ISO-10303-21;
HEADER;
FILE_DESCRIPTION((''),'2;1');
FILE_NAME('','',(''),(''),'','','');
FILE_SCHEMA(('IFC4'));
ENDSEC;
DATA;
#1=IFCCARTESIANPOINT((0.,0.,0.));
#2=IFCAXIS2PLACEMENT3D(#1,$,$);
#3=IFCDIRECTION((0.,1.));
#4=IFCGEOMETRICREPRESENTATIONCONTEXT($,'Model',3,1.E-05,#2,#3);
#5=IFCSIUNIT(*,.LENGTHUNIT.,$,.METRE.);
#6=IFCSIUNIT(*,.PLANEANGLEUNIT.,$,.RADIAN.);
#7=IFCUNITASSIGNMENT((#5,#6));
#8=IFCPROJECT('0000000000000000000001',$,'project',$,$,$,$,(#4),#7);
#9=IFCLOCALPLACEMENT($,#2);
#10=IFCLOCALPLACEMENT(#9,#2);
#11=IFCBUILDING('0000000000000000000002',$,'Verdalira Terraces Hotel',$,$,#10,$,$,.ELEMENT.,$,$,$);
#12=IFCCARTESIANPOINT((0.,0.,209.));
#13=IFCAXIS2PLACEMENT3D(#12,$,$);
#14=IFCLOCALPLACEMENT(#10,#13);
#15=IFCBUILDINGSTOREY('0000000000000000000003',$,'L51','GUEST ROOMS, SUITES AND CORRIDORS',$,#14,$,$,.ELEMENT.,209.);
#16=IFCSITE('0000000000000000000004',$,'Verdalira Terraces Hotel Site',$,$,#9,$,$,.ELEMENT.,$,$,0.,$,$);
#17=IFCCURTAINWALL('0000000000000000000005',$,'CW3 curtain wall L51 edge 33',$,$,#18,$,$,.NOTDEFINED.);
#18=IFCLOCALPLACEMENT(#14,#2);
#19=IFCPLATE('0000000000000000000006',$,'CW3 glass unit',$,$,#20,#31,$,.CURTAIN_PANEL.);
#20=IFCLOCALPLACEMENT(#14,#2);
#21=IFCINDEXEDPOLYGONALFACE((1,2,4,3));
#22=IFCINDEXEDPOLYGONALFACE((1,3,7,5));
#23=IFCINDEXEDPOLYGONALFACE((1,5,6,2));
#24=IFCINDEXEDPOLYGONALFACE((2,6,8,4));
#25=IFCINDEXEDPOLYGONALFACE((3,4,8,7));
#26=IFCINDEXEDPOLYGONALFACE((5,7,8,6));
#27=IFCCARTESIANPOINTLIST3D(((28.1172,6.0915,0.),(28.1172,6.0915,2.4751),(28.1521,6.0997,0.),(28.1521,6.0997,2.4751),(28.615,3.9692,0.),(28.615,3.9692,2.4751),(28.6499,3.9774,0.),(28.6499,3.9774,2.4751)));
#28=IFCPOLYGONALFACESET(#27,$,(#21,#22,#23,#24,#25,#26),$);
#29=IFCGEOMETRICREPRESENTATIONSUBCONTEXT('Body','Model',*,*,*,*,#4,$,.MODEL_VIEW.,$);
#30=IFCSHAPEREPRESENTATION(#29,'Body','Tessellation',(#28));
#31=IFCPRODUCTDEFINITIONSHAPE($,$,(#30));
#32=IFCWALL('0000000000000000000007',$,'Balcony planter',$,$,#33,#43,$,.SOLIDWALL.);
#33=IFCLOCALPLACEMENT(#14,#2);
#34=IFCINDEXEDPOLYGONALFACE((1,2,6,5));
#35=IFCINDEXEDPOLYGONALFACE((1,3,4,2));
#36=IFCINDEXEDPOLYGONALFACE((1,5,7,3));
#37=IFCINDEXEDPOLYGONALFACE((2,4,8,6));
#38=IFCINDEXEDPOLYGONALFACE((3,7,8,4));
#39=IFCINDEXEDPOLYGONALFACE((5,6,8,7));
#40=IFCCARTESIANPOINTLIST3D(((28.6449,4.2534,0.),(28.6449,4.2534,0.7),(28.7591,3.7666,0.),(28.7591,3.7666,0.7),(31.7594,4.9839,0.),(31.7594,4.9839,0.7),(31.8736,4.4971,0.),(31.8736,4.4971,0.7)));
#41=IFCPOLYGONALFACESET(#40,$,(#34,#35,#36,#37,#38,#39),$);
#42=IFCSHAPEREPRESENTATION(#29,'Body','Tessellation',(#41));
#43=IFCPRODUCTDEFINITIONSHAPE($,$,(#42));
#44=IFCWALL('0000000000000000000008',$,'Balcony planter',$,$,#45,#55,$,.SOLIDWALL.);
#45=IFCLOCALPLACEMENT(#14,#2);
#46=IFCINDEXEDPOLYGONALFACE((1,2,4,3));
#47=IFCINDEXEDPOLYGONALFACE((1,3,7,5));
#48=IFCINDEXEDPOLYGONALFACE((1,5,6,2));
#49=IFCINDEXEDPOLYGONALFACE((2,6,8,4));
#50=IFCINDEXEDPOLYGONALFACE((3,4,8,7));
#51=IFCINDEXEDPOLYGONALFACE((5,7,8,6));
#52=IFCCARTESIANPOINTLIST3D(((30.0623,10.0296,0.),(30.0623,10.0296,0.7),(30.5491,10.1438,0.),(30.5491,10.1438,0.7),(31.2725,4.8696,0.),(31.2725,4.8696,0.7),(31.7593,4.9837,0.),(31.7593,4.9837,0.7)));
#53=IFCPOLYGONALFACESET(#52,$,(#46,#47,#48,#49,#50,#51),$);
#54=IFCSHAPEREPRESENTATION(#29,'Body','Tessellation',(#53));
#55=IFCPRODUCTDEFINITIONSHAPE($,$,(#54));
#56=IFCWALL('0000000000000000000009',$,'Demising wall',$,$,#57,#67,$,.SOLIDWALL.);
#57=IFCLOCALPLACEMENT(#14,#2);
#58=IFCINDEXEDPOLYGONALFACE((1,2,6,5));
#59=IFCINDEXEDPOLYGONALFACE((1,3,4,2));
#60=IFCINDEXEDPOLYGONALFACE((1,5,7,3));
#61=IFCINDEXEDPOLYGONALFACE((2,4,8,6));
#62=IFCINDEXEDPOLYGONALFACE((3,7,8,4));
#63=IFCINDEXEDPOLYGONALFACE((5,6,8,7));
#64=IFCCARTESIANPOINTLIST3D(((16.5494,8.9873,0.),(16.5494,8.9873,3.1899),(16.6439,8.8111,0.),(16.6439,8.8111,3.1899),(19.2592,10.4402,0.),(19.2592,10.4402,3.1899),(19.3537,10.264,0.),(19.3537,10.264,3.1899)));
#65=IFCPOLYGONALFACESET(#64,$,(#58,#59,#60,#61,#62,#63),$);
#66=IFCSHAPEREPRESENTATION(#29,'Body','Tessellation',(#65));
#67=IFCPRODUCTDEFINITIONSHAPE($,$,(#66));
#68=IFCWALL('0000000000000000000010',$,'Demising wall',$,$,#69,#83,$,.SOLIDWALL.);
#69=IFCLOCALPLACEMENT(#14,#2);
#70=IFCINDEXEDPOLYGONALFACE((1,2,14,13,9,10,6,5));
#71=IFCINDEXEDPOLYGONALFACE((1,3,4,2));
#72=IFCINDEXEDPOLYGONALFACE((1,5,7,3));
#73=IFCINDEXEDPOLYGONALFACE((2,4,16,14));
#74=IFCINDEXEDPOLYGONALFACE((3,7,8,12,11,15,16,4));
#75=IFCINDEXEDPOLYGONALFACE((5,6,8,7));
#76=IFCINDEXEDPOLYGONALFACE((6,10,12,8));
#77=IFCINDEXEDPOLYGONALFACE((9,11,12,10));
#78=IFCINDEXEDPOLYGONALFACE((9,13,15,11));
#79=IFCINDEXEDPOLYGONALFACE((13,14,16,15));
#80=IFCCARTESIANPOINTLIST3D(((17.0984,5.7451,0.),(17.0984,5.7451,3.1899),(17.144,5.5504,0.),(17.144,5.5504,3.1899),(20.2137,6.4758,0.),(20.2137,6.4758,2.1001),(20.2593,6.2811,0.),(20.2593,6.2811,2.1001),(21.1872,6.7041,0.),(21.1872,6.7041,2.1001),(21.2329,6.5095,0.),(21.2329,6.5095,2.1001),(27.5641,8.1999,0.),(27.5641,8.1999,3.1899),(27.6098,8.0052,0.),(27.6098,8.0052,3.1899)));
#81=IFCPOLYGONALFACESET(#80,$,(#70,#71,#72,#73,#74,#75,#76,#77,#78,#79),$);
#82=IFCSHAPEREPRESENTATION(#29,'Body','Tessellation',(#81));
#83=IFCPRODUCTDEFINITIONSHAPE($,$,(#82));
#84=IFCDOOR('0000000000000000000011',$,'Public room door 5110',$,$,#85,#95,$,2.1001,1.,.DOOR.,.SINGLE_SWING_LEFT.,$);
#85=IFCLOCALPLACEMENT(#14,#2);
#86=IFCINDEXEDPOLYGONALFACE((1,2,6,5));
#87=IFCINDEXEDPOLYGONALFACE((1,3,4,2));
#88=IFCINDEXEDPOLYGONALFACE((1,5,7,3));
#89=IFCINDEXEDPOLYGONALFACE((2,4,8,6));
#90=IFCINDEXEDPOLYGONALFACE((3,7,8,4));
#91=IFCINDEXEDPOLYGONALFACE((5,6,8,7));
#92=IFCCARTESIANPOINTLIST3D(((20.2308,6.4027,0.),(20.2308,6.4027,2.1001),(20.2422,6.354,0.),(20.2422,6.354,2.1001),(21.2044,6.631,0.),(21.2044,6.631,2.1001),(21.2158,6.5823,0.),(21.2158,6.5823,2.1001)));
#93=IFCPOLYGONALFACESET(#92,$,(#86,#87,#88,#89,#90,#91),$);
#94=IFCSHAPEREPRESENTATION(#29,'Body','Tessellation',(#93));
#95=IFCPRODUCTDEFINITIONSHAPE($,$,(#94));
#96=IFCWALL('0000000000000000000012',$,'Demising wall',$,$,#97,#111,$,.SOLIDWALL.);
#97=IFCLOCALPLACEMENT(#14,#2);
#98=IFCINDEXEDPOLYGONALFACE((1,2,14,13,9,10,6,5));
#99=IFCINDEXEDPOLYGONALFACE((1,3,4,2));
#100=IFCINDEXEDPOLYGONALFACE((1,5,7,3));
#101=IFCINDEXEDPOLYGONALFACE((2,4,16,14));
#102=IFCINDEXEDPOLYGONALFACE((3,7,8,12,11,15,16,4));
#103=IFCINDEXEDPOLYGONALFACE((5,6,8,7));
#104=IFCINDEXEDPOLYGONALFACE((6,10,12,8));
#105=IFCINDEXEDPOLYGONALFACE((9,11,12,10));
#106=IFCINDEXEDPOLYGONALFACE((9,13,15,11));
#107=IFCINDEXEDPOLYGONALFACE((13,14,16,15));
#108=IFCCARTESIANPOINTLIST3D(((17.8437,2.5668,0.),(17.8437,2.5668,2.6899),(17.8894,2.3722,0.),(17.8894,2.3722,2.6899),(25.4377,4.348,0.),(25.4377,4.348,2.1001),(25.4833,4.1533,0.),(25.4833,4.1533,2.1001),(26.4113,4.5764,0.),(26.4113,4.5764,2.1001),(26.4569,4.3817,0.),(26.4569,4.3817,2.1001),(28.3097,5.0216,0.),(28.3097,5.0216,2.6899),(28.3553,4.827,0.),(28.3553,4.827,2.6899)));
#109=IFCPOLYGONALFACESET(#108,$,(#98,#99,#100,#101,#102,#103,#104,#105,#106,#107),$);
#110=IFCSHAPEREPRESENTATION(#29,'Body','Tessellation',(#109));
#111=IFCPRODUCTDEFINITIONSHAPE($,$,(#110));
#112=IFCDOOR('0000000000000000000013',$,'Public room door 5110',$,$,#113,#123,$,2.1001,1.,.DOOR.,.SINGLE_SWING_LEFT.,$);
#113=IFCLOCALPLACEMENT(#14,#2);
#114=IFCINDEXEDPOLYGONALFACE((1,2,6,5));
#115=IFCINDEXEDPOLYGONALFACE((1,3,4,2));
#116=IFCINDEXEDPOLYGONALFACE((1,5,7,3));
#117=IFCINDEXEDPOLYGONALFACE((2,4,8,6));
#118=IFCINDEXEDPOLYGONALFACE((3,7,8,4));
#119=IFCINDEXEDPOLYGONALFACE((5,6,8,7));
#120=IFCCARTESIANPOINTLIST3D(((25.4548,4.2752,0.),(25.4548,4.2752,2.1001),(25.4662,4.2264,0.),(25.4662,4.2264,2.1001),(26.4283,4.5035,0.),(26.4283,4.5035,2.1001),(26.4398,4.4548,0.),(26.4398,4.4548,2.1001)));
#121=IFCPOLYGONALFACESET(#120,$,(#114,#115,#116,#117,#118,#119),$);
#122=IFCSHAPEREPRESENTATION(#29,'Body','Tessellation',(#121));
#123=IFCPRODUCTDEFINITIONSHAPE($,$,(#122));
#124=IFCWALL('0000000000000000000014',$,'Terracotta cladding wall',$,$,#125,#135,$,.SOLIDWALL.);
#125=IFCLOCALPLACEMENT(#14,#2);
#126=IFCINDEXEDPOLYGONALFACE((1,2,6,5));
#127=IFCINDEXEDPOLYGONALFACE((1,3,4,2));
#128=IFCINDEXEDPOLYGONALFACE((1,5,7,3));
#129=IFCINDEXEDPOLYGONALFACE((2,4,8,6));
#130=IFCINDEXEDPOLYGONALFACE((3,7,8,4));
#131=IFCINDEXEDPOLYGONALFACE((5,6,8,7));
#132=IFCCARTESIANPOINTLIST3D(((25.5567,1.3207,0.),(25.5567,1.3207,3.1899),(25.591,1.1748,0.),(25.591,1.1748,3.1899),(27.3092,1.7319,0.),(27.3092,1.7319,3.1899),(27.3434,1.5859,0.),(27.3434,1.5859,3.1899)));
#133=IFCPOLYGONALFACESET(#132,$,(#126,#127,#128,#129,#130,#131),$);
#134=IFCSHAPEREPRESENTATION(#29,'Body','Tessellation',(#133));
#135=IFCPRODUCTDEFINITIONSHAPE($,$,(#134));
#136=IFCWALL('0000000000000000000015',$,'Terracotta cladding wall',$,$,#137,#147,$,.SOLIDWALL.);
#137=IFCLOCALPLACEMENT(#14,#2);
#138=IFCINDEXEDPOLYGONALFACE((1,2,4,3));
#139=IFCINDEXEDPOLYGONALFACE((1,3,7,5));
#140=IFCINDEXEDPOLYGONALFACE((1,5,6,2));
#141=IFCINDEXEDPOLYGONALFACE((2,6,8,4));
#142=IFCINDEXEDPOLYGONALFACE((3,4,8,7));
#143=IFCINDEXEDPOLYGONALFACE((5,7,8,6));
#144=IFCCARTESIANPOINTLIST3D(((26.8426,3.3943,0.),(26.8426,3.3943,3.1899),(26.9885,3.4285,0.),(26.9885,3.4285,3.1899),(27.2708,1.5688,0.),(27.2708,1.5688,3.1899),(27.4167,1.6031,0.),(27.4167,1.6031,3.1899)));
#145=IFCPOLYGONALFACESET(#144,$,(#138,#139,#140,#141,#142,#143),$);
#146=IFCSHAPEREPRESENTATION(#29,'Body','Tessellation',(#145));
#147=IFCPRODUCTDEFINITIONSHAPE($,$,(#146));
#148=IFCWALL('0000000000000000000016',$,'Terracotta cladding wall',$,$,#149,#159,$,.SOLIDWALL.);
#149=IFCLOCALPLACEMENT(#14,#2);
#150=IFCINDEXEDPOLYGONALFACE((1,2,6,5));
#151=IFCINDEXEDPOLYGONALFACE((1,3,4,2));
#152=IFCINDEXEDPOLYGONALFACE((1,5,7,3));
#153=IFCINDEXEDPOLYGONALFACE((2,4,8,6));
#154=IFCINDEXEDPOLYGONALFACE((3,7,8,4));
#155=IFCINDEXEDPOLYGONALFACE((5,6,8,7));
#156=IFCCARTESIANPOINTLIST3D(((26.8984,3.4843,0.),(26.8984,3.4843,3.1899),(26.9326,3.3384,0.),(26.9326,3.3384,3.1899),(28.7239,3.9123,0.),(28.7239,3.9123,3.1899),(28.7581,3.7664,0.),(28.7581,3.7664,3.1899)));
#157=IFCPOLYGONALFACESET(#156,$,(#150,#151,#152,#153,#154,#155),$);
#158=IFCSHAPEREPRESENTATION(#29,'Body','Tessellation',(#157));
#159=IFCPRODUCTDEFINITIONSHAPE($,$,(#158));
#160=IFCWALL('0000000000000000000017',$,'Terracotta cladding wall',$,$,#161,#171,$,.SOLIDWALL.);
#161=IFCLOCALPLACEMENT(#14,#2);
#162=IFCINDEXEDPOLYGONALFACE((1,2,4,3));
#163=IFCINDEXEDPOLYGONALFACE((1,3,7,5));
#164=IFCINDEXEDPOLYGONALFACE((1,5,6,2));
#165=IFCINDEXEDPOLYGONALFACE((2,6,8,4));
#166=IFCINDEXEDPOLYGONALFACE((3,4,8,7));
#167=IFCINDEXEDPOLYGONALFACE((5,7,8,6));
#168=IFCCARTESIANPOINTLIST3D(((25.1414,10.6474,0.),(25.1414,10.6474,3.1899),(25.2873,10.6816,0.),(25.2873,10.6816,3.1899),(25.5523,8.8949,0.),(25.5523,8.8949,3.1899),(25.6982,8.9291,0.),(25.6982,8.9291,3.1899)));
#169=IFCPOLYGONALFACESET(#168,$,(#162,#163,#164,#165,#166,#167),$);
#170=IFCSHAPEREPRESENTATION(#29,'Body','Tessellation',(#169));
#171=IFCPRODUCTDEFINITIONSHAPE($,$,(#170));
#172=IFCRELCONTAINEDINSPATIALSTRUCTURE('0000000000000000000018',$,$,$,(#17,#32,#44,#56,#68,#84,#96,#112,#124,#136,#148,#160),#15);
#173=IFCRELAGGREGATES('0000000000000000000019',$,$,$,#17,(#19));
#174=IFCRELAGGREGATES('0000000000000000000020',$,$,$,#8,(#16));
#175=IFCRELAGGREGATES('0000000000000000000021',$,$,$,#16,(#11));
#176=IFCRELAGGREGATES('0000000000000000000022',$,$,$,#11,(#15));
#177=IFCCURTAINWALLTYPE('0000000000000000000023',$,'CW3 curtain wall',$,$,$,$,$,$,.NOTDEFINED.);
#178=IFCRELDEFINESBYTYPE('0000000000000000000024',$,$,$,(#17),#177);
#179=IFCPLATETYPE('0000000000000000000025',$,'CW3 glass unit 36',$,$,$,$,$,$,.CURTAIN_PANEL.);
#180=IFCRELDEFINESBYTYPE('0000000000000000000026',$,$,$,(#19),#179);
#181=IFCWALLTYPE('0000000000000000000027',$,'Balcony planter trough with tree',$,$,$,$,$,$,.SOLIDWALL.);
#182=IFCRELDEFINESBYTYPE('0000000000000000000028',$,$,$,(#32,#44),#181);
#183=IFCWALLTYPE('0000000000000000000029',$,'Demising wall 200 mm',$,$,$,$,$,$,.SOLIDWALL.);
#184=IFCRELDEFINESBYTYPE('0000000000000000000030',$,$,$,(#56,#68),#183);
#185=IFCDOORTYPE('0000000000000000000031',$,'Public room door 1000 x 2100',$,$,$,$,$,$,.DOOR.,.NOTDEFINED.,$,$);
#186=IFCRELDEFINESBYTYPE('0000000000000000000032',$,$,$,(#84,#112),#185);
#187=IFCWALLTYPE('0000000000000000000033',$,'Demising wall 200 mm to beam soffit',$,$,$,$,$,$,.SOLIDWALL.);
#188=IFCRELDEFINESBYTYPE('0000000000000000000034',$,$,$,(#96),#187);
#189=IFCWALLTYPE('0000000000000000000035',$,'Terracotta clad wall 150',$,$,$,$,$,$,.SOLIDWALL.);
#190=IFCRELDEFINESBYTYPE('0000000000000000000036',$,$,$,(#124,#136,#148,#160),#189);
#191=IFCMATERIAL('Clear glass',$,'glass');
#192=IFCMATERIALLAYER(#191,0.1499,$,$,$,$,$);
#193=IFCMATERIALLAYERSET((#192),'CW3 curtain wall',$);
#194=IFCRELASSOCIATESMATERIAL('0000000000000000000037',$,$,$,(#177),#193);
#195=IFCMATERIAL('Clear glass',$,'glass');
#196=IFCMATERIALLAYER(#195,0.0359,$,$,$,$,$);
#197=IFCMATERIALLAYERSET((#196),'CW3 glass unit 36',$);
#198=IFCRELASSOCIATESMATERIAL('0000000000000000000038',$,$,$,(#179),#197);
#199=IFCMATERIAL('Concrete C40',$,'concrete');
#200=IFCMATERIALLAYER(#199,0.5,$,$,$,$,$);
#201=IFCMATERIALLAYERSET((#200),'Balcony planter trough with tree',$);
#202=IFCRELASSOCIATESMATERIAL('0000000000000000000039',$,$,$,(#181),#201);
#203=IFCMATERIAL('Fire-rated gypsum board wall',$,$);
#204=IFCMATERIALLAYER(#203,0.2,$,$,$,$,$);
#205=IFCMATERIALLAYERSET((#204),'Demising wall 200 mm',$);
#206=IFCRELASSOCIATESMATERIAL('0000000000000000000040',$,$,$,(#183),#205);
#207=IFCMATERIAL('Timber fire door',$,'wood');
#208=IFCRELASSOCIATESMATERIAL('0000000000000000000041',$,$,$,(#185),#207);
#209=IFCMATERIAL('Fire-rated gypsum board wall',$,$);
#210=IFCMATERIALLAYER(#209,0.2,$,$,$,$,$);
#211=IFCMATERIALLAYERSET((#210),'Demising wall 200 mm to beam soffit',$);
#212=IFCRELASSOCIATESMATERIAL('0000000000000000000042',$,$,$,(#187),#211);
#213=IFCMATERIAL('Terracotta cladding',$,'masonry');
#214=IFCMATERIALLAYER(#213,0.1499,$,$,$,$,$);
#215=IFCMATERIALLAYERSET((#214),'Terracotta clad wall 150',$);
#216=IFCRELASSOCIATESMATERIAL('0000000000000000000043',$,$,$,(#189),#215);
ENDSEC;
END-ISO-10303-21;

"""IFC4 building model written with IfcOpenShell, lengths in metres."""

from ifc_helpers import new_model, si_unit, direction, frame, frame_2d, origin, origin_2d, place, context, subcontext, project, spatial, rectangle, extrude, material, layer, layer_set, type_object, element, fill, aggregate, save


model = new_model("IFC4")

# Units and contexts
model_context = context("Model", 3, precision=1e-05, world=origin(), true_north=direction((0.0, 1.0)))
body_context = subcontext(model_context, "Body", "Model", "MODEL_VIEW")
ifc_project = project(units=[si_unit("LENGTHUNIT", "METRE"), si_unit("PLANEANGLEUNIT", "RADIAN")], contexts=[model_context])

# Site, building, storey
site_placement = place(None, origin())
site = spatial("IfcSite", under=ifc_project, at=site_placement, Name="Verdalira Terraces Hotel Site", CompositionType="ELEMENT", RefElevation=0.0)
building_placement = place(site_placement, origin())
building = spatial("IfcBuilding", under=site, at=building_placement, Name="Verdalira Terraces Hotel", CompositionType="ELEMENT")
storey_placement = place(building_placement, frame((0.0, 0.0, 209.0)))
storey = spatial("IfcBuildingStorey", under=building, at=storey_placement, Name="L51", Description="GUEST ROOMS, SUITES AND CORRIDORS", CompositionType="ELEMENT", Elevation=209.0)

# Curtain wall
ifc_material_1 = material(Name="Clear glass", Category="glass")
ifc_layer_1 = layer(ifc_material_1, 0.1499)
ifc_layer_set_1 = layer_set([ifc_layer_1], Name="CW3 curtain wall")
curtain_wall_type = type_object("IfcCurtainWallType", Name="CW3 curtain wall", PredefinedType="NOTDEFINED", material=ifc_layer_set_1)
curtain_wall_placement = place(storey_placement, origin())
curtain_wall = element("IfcCurtainWall", 1, at=curtain_wall_placement, inside=storey, type_object=curtain_wall_type, Name="CW3 curtain wall L51 edge 33", PredefinedType="NOTDEFINED")

# Plate
ifc_material_2 = material(Name="Clear glass", Category="glass")
ifc_layer_2 = layer(ifc_material_2, 0.0359)
ifc_layer_set_2 = layer_set([ifc_layer_2], Name="CW3 glass unit 36")
plate_type = type_object("IfcPlateType", Name="CW3 glass unit 36", PredefinedType="CURTAIN_PANEL", material=ifc_layer_set_2)
plate_placement = place(storey_placement, frame((28.3835, 5.0344, 0.0), z_axis=(0.0, 0.0, 1.0), x_axis=(-0.228351, 0.973579, 0.0)))
plate = element("IfcPlate", 2, at=plate_placement, type_object=plate_type, Name="CW3 glass unit", PredefinedType="CURTAIN_PANEL", context=body_context, shape_type="SweptSolid", body=[
    extrude(rectangle(XDim=2.1799, YDim=0.0359, at=origin_2d()), origin(), (0.0, 0.0, 1.0), 2.4751),
])
aggregate(curtain_wall, [plate])

# Walls
ifc_material_3 = material(Name="Concrete C40", Category="concrete")
ifc_layer_3 = layer(ifc_material_3, 0.5)
ifc_layer_set_3 = layer_set([ifc_layer_3], Name="Balcony planter trough with tree")
wall_type_1 = type_object("IfcWallType", Name="Balcony planter trough with tree", PredefinedType="SOLIDWALL", material=ifc_layer_set_3)
wall_1_placement = place(storey_placement, frame((28.7019, 4.01, 0.0), z_axis=(0.0, 0.0, 1.0), x_axis=(0.973581, 0.228342, 0.0)))
element("IfcWall", 3, at=wall_1_placement, inside=storey, type_object=wall_type_1, Name="Balcony planter", PredefinedType="SOLIDWALL", context=body_context, shape_type="SweptSolid", body=[
    extrude(rectangle(XDim=3.199, YDim=0.5, at=frame_2d((1.5996, 0.0))), origin(), (0.0, 0.0, 1.0), 0.7),
])
wall_2_placement = place(storey_placement, frame((31.5159, 4.9268, 0.0), z_axis=(0.0, 0.0, 1.0), x_axis=(-0.228333, 0.973583, 0.0)))
element("IfcWall", 4, at=wall_2_placement, inside=storey, type_object=wall_type_1, Name="Balcony planter", PredefinedType="SOLIDWALL", context=body_context, shape_type="SweptSolid", body=[
    extrude(rectangle(XDim=5.3, YDim=0.5, at=frame_2d((2.6499, 0.0))), origin(), (0.0, 0.0, 1.0), 0.7),
])
ifc_material_4 = material(Name="Fire-rated gypsum board wall")
ifc_layer_4 = layer(ifc_material_4, 0.2)
ifc_layer_set_4 = layer_set([ifc_layer_4], Name="Demising wall 200 mm")
wall_type_2 = type_object("IfcWallType", Name="Demising wall 200 mm", PredefinedType="SOLIDWALL", material=ifc_layer_set_4)
wall_3_placement = place(storey_placement, frame((16.5967, 8.8992, 0.0), z_axis=(0.0, 0.0, 1.0), x_axis=(0.881311, 0.472536, 0.0)))
element("IfcWall", 5, at=wall_3_placement, inside=storey, type_object=wall_type_2, Name="Demising wall", PredefinedType="SOLIDWALL", context=body_context, shape_type="SweptSolid", body=[
    extrude(rectangle(XDim=3.0747, YDim=0.2, at=frame_2d((1.5374, 0.0))), origin(), (0.0, 0.0, 1.0), 3.1899),
])

# Walls, openings, doors
wall_4_placement = place(storey_placement, frame((17.1211, 5.6477, 0.0), z_axis=(0.0, 0.0, 1.0), x_axis=(0.973577, 0.22836, 0.0)))
wall_4 = element("IfcWall", 6, at=wall_4_placement, inside=storey, type_object=wall_type_2, Name="Demising wall", PredefinedType="SOLIDWALL", context=body_context, shape_type="SweptSolid", body=[
    extrude(rectangle(XDim=10.7498, YDim=0.2, at=frame_2d((5.375, 0.0))), origin(), (0.0, 0.0, 1.0), 3.1899),
])
opening_1_placement = place(wall_4_placement, frame((3.2, 0.0, 0.0)))
opening_1 = element("IfcOpeningElement", 7, at=opening_1_placement, cuts=wall_4, PredefinedType="OPENING", context=body_context, shape_type="SweptSolid", body=[
    extrude(rectangle(XDim=1.0, YDim=2.1001, at=frame_2d((0.5, 1.05))), frame((0.0, 0.1099, 0.0), z_axis=(0.0, -1.0, 0.0), x_axis=(1.0, 0.0, 0.0)), (0.0, 0.0, 1.0), 0.22),
])
ifc_material_5 = material(Name="Timber fire door", Category="wood")
door_type_1 = type_object("IfcDoorType", Name="Public room door 1000 x 2100", OperationType="NOTDEFINED", PredefinedType="DOOR", material=ifc_material_5)
door_1_placement = place(opening_1_placement, origin())
door_1 = element("IfcDoor", 8, at=door_1_placement, inside=storey, type_object=door_type_1, Name="Public room door 5110", OperationType="SINGLE_SWING_LEFT", OverallHeight=2.1001, OverallWidth=1.0, PredefinedType="DOOR", context=body_context, shape_type="SweptSolid", body=[
    extrude(rectangle(XDim=1.0, YDim=2.1001, at=frame_2d((0.5, 1.05))), frame((0.0, 0.0249, 0.0), z_axis=(0.0, -1.0, 0.0), x_axis=(1.0, 0.0, 0.0)), (0.0, 0.0, 1.0), 0.05),
])
fill(opening_1, door_1)
ifc_material_6 = material(Name="Fire-rated gypsum board wall")
ifc_layer_5 = layer(ifc_material_6, 0.2)
ifc_layer_set_5 = layer_set([ifc_layer_5], Name="Demising wall 200 mm to beam soffit")
wall_type_3 = type_object("IfcWallType", Name="Demising wall 200 mm to beam soffit", PredefinedType="SOLIDWALL", material=ifc_layer_set_5)
wall_5_placement = place(storey_placement, frame((28.3325, 4.9243, 0.0), z_axis=(0.0, 0.0, 1.0), x_axis=(-0.973578, -0.228354, 0.0)))
wall_5 = element("IfcWall", 9, at=wall_5_placement, inside=storey, type_object=wall_type_3, Name="Demising wall", PredefinedType="SOLIDWALL", context=body_context, shape_type="SweptSolid", body=[
    extrude(rectangle(XDim=10.75, YDim=0.2, at=frame_2d((5.375, 0.0))), origin(), (0.0, 0.0, 1.0), 2.6899),
])
opening_2_placement = place(wall_5_placement, frame((1.95, 0.0, 0.0)))
opening_2 = element("IfcOpeningElement", 10, at=opening_2_placement, cuts=wall_5, PredefinedType="OPENING", context=body_context, shape_type="SweptSolid", body=[
    extrude(rectangle(XDim=1.0, YDim=2.1001, at=frame_2d((0.5, 1.05))), frame((0.0, 0.1099, 0.0), z_axis=(0.0, -1.0, 0.0), x_axis=(1.0, 0.0, 0.0)), (0.0, 0.0, 1.0), 0.22),
])
door_2_placement = place(opening_2_placement, origin())
door_2 = element("IfcDoor", 11, at=door_2_placement, inside=storey, type_object=door_type_1, Name="Public room door 5110", OperationType="SINGLE_SWING_LEFT", OverallHeight=2.1001, OverallWidth=1.0, PredefinedType="DOOR", context=body_context, shape_type="SweptSolid", body=[
    extrude(rectangle(XDim=1.0, YDim=2.1001, at=frame_2d((0.5, 1.05))), frame((0.0, 0.0249, 0.0), z_axis=(0.0, -1.0, 0.0), x_axis=(1.0, 0.0, 0.0)), (0.0, 0.0, 1.0), 0.05),
])
fill(opening_2, door_2)

# Walls
ifc_material_7 = material(Name="Terracotta cladding", Category="masonry")
ifc_layer_6 = layer(ifc_material_7, 0.1499)
ifc_layer_set_6 = layer_set([ifc_layer_6], Name="Terracotta clad wall 150")
wall_type_4 = type_object("IfcWallType", Name="Terracotta clad wall 150", PredefinedType="SOLIDWALL", material=ifc_layer_set_6)
wall_6_placement = place(storey_placement, frame((25.574, 1.2478, 0.0), z_axis=(0.0, 0.0, 1.0), x_axis=(0.973566, 0.228404, 0.0)))
element("IfcWall", 12, at=wall_6_placement, inside=storey, type_object=wall_type_4, Name="Terracotta cladding wall", PredefinedType="SOLIDWALL", context=body_context, shape_type="SweptSolid", body=[
    extrude(rectangle(XDim=1.8, YDim=0.1499, at=frame_2d((0.8999, 0.0))), origin(), (0.0, 0.0, 1.0), 3.1899),
])
for number, where, z_axis, x_axis, name in (
    (13, (27.3438, 1.5859, 0.0), (0.0, 0.0, 1.0), (-0.228386, 0.973571, 0.0), "Terracotta cladding wall"),
    (14, (26.9155, 3.4114, 0.0), (0.0, 0.0, 1.0), (0.9736, 0.228263, 0.0), "Terracotta cladding wall"),
):
    element("IfcWall", number, at=place(storey_placement, frame(where, z_axis=z_axis, x_axis=x_axis)), inside=storey, type_object=wall_type_4, Name=name, PredefinedType="SOLIDWALL", context=body_context, shape_type="SweptSolid", body=[
        extrude(rectangle(XDim=1.875, YDim=0.1499, at=frame_2d((0.9375, 0.0))), origin(), (0.0, 0.0, 1.0), 3.1899),
    ])
wall_7_placement = place(storey_placement, frame((25.6252, 8.9121, 0.0), z_axis=(0.0, 0.0, 1.0), x_axis=(-0.228276, 0.973597, 0.0)))
element("IfcWall", 15, at=wall_7_placement, inside=storey, type_object=wall_type_4, Name="Terracotta cladding wall", PredefinedType="SOLIDWALL", context=body_context, shape_type="SweptSolid", body=[
    extrude(rectangle(XDim=1.8, YDim=0.1499, at=frame_2d((0.8999, 0.0))), origin(), (0.0, 0.0, 1.0), 3.1899),
])

save(model, "model.ifc")
